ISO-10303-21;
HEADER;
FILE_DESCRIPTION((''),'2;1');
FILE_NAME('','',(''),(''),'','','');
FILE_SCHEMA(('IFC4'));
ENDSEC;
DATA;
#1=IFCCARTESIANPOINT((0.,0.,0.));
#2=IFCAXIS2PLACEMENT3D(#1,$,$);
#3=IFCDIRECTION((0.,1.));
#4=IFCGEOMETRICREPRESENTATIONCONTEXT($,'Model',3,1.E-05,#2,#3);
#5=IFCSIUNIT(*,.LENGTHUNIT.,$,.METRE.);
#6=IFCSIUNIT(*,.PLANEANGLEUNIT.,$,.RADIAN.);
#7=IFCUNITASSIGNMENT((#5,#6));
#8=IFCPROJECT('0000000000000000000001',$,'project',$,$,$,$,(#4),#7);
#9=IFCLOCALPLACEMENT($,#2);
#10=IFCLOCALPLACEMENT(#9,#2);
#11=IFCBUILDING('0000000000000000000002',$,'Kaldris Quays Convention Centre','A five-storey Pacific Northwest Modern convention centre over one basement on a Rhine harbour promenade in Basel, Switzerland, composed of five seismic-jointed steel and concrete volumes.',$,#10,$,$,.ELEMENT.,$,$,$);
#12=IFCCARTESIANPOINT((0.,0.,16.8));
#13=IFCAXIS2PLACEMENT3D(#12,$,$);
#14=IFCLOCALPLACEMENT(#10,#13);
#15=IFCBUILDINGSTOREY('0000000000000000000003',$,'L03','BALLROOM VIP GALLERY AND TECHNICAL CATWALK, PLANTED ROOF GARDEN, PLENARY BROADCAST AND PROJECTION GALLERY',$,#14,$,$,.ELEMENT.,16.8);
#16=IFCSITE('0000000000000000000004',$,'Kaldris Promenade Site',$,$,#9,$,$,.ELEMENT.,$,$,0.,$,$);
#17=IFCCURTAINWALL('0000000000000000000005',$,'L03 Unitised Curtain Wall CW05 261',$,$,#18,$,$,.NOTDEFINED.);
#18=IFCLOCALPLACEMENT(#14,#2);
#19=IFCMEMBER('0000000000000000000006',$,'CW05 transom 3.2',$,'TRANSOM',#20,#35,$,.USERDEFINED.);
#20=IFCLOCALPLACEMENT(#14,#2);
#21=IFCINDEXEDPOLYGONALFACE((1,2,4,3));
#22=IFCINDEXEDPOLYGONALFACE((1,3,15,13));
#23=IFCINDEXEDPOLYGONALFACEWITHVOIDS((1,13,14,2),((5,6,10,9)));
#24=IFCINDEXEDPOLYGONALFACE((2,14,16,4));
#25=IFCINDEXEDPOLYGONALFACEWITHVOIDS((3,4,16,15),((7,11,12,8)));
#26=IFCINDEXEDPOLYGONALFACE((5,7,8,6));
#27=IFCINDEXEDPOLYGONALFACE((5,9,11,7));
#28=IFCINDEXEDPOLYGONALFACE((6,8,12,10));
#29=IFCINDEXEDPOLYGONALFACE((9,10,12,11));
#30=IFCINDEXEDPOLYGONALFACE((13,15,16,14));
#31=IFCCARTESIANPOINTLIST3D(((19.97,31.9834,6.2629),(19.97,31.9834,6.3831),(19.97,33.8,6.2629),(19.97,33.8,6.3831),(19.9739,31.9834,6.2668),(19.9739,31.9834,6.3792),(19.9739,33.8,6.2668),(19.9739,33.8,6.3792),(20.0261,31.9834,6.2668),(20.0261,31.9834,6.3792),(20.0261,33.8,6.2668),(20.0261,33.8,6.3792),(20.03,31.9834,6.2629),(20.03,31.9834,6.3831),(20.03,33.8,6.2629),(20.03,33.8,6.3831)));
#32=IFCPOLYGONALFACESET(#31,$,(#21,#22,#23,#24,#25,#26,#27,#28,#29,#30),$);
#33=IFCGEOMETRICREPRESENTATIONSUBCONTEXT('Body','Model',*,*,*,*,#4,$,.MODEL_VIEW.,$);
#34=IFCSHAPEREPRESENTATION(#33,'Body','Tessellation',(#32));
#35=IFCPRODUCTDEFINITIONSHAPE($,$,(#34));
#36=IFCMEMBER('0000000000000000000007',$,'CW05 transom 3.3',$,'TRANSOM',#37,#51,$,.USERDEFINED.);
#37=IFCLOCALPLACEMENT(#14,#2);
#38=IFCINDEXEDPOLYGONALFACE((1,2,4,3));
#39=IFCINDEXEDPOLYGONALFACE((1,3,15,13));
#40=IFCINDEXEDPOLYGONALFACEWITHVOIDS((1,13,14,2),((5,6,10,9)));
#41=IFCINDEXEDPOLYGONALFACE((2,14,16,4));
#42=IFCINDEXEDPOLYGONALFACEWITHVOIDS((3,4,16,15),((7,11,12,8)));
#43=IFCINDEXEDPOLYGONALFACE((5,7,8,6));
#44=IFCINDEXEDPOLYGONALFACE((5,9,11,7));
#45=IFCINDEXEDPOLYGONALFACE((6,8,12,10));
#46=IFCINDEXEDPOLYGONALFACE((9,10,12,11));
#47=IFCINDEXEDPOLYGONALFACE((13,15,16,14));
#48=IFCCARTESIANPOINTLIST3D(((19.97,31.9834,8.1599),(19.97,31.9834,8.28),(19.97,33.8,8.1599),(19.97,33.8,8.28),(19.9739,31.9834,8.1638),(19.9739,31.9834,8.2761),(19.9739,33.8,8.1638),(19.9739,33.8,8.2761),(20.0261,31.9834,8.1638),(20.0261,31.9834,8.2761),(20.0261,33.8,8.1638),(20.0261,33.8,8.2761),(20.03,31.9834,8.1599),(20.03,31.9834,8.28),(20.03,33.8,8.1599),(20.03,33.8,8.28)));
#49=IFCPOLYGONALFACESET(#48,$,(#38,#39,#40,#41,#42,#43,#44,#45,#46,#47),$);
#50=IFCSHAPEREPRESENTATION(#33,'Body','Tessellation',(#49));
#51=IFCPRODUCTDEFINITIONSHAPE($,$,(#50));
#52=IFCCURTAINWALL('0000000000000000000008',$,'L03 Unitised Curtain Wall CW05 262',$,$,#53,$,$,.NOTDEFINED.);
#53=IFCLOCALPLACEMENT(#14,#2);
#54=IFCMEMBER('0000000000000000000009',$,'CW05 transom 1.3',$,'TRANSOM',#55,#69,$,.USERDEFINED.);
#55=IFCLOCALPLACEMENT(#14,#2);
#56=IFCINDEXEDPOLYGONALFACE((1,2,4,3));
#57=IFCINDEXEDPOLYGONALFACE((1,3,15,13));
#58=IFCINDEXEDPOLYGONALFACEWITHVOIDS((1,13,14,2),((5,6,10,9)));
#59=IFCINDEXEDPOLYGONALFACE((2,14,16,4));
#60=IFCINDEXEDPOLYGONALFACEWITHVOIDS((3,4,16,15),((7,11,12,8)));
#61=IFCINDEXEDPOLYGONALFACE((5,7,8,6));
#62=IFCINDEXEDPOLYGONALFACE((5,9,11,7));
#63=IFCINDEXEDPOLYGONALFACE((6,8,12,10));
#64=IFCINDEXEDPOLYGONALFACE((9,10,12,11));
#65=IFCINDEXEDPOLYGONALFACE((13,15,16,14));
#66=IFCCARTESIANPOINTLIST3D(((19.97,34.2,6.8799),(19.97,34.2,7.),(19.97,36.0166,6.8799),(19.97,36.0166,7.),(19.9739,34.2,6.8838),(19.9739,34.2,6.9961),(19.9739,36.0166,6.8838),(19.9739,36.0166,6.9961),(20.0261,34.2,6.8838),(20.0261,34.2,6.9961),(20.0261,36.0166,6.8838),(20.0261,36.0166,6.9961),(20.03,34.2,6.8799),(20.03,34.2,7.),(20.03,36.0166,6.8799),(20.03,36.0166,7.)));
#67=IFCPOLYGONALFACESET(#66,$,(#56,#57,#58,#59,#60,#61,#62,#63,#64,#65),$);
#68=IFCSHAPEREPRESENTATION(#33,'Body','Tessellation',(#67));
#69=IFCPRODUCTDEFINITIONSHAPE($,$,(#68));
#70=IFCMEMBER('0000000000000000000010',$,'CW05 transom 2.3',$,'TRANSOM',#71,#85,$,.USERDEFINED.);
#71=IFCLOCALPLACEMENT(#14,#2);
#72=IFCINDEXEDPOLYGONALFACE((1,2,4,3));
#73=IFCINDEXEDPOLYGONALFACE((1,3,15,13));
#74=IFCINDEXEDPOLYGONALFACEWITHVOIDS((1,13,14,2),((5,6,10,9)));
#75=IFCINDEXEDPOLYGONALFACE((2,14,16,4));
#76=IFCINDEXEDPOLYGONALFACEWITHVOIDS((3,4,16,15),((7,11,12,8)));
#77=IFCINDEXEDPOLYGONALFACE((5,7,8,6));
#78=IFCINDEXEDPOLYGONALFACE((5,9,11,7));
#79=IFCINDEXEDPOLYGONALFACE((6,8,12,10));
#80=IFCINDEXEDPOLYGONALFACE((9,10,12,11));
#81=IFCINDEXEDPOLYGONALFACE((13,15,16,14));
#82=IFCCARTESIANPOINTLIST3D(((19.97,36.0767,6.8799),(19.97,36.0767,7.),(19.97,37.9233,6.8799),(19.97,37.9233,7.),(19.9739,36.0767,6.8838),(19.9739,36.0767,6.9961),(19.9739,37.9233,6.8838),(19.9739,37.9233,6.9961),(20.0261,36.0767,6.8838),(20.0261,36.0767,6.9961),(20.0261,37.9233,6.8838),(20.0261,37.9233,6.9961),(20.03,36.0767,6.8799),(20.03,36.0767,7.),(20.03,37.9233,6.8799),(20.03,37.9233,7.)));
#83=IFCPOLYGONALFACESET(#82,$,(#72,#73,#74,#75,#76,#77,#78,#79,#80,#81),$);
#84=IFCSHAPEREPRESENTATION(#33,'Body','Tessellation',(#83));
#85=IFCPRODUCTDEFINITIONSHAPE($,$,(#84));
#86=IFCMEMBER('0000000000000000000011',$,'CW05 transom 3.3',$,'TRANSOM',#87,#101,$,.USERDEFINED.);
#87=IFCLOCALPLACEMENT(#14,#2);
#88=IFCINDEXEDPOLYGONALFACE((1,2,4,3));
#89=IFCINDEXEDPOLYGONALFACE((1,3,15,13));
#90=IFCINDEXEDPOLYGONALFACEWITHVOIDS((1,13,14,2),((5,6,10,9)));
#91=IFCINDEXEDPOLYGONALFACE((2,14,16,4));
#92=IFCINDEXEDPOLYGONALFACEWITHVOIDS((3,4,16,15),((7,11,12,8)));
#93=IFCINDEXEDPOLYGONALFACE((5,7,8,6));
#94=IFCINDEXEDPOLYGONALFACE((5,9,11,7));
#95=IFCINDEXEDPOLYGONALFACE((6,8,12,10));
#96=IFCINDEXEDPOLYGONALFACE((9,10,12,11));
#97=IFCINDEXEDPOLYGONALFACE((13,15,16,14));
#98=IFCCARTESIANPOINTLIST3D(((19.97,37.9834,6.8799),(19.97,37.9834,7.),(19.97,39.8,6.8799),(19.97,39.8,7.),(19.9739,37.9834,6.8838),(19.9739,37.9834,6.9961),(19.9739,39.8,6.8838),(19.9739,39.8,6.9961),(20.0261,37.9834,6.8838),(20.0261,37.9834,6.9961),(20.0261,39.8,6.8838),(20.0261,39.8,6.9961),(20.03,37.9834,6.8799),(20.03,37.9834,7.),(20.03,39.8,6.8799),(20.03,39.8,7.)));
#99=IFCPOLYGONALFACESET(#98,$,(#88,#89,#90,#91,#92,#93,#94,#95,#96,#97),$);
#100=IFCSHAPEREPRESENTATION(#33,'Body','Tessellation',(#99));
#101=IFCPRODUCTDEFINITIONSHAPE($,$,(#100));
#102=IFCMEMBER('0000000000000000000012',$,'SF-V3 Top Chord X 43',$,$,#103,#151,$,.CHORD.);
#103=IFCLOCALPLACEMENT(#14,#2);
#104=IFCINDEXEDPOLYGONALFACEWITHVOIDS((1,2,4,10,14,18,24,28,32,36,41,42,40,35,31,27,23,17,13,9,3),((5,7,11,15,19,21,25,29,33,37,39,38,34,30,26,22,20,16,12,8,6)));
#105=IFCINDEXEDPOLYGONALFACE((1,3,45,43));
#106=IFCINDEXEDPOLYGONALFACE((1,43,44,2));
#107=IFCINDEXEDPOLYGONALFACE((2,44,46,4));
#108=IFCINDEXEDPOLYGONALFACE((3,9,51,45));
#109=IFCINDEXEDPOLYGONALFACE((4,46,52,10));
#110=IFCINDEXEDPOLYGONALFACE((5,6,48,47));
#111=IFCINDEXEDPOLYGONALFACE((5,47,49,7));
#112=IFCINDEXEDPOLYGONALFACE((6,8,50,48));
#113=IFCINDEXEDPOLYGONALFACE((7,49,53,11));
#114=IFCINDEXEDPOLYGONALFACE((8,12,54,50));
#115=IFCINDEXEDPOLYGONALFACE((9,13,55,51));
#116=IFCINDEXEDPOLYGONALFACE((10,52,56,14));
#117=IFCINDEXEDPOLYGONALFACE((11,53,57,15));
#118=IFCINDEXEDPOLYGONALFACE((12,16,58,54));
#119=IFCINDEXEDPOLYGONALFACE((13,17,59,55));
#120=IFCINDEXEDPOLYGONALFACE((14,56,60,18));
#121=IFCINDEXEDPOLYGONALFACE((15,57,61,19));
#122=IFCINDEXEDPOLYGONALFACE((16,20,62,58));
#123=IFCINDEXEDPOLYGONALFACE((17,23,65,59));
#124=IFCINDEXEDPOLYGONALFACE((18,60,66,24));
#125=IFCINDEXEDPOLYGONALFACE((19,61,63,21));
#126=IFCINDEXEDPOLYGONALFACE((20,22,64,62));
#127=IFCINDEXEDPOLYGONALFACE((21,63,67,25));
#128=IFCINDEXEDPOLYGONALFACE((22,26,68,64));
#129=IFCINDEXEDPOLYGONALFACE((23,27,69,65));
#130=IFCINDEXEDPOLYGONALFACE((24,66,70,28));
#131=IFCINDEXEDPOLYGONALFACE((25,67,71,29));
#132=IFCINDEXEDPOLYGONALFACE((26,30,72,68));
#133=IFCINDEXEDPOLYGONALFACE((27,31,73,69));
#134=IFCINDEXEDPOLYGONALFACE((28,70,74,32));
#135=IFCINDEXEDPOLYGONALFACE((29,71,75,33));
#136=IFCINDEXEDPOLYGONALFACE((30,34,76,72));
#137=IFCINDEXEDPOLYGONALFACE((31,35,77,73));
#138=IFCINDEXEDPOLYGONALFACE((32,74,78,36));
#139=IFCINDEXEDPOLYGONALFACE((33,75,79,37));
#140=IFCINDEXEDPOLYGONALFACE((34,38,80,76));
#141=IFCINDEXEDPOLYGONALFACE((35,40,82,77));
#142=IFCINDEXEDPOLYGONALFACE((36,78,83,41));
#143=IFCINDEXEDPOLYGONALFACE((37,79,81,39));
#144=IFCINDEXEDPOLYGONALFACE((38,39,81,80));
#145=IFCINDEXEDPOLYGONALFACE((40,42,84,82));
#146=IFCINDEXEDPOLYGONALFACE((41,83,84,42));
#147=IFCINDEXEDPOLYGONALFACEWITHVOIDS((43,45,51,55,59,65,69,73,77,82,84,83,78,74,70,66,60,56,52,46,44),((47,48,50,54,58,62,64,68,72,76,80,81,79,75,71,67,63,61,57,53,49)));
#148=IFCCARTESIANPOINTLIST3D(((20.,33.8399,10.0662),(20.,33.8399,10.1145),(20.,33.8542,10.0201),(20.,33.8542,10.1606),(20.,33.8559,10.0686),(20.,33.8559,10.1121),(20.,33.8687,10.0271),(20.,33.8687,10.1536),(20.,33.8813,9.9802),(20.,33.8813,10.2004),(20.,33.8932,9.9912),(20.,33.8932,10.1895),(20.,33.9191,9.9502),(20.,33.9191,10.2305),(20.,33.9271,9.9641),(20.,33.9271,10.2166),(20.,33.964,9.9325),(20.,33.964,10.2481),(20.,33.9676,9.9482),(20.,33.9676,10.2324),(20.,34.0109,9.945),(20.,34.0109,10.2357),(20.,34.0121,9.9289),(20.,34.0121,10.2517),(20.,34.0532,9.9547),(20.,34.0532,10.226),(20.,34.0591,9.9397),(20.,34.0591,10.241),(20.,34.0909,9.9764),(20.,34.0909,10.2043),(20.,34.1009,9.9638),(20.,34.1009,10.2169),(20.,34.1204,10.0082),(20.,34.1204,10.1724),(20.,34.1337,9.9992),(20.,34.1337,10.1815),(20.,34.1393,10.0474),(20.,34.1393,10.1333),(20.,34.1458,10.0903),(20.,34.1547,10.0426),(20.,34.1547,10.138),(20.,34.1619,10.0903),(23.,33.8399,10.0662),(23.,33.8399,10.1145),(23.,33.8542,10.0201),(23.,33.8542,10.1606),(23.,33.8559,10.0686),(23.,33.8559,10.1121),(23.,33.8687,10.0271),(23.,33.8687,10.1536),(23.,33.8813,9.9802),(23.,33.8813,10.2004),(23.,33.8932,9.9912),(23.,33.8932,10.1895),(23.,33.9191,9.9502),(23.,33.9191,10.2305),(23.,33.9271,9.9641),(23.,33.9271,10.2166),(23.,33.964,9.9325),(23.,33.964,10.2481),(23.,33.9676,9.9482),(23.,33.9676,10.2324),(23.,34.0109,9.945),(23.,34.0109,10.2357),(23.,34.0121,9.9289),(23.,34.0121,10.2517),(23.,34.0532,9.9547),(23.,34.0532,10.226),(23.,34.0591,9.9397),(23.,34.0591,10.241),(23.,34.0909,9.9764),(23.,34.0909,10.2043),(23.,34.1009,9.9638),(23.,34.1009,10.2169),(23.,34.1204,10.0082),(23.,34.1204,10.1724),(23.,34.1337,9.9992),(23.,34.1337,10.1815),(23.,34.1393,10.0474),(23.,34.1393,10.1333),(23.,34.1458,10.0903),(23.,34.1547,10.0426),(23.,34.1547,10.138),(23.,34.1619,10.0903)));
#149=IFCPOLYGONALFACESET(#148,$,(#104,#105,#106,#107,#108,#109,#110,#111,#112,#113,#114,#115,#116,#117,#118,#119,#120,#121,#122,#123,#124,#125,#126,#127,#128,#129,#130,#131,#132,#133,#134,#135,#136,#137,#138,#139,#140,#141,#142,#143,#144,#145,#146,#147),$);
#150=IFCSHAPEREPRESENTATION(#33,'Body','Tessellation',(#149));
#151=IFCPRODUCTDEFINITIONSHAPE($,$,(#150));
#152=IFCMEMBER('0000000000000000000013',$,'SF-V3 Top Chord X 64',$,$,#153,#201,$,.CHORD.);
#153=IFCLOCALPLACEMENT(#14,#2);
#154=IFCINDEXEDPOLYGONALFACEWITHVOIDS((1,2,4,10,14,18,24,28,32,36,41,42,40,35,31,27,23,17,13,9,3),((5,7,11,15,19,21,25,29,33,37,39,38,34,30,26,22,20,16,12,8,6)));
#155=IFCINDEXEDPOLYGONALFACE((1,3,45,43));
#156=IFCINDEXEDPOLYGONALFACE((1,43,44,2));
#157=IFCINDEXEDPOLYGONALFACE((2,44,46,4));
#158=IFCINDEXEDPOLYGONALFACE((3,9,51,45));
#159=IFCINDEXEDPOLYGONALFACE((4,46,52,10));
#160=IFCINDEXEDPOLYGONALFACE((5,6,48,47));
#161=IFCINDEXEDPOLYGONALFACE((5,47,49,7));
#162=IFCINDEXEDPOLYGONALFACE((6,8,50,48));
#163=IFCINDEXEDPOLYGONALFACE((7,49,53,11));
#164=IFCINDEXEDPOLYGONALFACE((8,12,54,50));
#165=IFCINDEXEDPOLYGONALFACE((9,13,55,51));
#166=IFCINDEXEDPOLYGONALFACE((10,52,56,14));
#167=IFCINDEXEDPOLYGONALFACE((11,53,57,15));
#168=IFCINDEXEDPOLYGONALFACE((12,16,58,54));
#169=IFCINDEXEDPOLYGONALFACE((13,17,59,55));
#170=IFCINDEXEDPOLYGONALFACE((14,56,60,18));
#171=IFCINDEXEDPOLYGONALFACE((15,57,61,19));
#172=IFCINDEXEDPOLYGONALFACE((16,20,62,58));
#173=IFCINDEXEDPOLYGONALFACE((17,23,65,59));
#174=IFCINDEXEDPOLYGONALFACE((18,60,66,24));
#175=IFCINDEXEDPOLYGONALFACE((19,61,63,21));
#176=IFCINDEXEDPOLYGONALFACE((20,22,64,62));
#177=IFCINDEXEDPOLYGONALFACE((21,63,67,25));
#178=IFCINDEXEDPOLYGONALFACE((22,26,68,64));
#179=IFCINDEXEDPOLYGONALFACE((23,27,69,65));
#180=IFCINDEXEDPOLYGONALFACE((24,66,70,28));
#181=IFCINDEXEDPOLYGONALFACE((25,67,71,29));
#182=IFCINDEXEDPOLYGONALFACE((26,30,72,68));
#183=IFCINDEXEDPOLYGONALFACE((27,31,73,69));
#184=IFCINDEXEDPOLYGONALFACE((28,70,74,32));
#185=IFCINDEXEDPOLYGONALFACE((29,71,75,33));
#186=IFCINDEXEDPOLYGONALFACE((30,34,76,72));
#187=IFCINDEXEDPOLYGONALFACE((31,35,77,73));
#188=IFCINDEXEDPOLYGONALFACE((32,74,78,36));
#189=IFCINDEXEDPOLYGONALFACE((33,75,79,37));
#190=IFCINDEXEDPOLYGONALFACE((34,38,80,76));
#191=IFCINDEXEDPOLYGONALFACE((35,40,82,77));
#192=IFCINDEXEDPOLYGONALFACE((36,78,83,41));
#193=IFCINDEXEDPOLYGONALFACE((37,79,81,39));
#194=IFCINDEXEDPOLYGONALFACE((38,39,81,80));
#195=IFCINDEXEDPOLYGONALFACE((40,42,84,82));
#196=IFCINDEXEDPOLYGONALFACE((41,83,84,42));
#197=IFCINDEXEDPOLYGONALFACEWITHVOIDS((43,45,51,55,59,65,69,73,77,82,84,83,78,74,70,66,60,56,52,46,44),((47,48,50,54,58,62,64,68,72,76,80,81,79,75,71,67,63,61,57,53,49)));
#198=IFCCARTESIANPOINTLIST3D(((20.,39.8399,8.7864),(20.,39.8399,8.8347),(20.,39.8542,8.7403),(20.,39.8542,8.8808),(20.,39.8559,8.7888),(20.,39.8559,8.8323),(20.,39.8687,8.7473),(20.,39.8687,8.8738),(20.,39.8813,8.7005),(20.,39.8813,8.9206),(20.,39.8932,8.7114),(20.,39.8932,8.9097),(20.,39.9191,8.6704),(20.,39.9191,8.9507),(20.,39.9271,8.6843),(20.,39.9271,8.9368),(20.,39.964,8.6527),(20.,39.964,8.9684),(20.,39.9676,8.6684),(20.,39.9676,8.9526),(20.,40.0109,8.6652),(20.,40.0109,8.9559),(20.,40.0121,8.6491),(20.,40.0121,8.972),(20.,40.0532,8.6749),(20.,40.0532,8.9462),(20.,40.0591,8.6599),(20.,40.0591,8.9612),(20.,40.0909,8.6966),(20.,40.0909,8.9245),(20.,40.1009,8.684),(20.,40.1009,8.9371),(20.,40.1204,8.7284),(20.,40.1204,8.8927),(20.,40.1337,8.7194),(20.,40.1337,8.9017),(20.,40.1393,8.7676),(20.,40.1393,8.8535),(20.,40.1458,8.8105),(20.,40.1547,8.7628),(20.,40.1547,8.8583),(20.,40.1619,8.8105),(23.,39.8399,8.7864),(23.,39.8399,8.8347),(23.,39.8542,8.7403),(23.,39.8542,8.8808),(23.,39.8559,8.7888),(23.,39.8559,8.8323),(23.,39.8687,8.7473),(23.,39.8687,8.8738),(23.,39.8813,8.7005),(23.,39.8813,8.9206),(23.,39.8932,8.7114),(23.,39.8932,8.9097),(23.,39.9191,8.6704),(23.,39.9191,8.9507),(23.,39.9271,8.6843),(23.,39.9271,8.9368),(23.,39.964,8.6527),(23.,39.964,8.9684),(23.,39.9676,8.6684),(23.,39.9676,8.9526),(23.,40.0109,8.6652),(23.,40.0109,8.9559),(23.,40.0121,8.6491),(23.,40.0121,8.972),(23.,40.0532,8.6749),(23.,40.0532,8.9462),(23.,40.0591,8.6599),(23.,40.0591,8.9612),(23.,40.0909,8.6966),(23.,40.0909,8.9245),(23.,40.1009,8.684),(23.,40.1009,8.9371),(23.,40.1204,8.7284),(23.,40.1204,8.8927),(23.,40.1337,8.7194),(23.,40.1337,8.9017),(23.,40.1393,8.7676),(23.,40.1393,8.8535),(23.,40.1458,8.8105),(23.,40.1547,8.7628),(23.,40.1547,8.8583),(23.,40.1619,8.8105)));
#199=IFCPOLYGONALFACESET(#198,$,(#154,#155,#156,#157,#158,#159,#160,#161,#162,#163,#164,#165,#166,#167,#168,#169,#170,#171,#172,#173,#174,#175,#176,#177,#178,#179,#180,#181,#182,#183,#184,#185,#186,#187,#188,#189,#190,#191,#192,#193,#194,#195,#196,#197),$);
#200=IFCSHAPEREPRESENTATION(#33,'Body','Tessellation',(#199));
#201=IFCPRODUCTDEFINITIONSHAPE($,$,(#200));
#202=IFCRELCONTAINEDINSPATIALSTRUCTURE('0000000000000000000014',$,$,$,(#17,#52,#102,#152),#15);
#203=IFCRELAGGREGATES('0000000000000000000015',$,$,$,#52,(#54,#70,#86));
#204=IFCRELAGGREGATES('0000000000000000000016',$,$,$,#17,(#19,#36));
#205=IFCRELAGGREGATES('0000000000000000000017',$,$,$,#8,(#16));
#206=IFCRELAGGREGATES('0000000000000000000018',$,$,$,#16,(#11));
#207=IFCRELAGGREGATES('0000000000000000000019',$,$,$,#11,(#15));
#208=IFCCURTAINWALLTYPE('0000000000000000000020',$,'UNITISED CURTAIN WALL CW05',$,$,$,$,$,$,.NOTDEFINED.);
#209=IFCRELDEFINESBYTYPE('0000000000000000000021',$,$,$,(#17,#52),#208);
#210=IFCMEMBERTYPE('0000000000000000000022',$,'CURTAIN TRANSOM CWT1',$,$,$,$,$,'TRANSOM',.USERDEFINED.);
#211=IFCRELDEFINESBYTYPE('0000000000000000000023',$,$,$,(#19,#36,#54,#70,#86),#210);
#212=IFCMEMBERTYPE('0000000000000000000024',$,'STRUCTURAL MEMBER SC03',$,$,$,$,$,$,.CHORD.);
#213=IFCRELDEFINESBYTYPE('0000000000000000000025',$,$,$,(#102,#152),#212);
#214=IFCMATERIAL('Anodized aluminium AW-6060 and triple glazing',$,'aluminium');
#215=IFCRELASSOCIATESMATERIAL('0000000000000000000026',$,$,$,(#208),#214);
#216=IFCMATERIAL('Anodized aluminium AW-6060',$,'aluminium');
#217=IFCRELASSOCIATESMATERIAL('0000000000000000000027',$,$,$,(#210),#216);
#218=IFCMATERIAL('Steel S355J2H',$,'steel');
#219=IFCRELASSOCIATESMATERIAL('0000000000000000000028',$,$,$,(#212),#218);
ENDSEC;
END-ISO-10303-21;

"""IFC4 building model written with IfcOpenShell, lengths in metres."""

from ifc_helpers import new_model, si_unit, direction, frame, origin, origin_2d, place, context, subcontext, project, spatial, hollow_rectangle, hollow_circle, extrude, material, material_profile, profile_set, type_object, element, aggregate, save


model = new_model("IFC4")

# Units and contexts
model_context = context("Model", 3, precision=1e-05, world=origin(), true_north=direction((0.0, 1.0)))
body_context = subcontext(model_context, "Body", "Model", "MODEL_VIEW")
ifc_project = project(units=[si_unit("LENGTHUNIT", "METRE"), si_unit("PLANEANGLEUNIT", "RADIAN")], contexts=[model_context])

# Site, building, storey
site_placement = place(None, origin())
site = spatial("IfcSite", under=ifc_project, at=site_placement, Name="Kaldris Promenade Site", CompositionType="ELEMENT", RefElevation=0.0)
building_placement = place(site_placement, origin())
building = spatial("IfcBuilding", under=site, at=building_placement, Name="Kaldris Quays Convention Centre", Description="A five-storey Pacific Northwest Modern convention centre over one basement on a Rhine harbour promenade in Basel, Switzerland, composed of five seismic-jointed steel and concrete volumes.", CompositionType="ELEMENT")
storey_placement = place(building_placement, frame((0.0, 0.0, 16.8)))
storey = spatial("IfcBuildingStorey", under=building, at=storey_placement, Name="L03", Description="BALLROOM VIP GALLERY AND TECHNICAL CATWALK, PLANTED ROOF GARDEN, PLENARY BROADCAST AND PROJECTION GALLERY", CompositionType="ELEMENT", Elevation=16.8)

# Curtain walls, members
ifc_material_1 = material(Name="Anodized aluminium AW-6060 and triple glazing", Category="aluminium")
curtain_wall_type = type_object("IfcCurtainWallType", Name="UNITISED CURTAIN WALL CW05", PredefinedType="NOTDEFINED", material=ifc_material_1)
curtain_wall_1_placement = place(storey_placement, origin())
curtain_wall_1 = element("IfcCurtainWall", 1, at=curtain_wall_1_placement, inside=storey, type_object=curtain_wall_type, Name="L03 Unitised Curtain Wall CW05 261", PredefinedType="NOTDEFINED")
ifc_material_2 = material(Name="Anodized aluminium AW-6060", Category="aluminium")
ifc_material_profile_1 = material_profile(ifc_material_2, hollow_rectangle(XDim=0.0601, YDim=0.1201, WallThickness=0.0039, at=origin_2d()), Name="RHS 120x60x4")
ifc_profile_set_1 = profile_set([ifc_material_profile_1], Name="Anodized aluminium AW-6060")
member_type_1 = type_object("IfcMemberType", Name="CURTAIN TRANSOM CWT1", ElementType="TRANSOM", PredefinedType="USERDEFINED", material=ifc_profile_set_1)
member_1_placement = place(storey_placement, frame((20.0, 31.9834, 6.323), z_axis=(0.0, 1.0, 0.0), x_axis=(-1.0, 0.0, 0.0)))
member_1 = element("IfcMember", 2, at=member_1_placement, type_object=member_type_1, Name="CW05 transom 3.2", ObjectType="TRANSOM", PredefinedType="USERDEFINED", context=body_context, shape_type="SweptSolid", body=[
    extrude(hollow_rectangle(XDim=0.0601, YDim=0.1201, WallThickness=0.0039, at=origin_2d()), origin(), (0.0, 0.0, 1.0), 1.8167),
])
member_2_placement = place(storey_placement, frame((20.0, 31.9834, 8.22), z_axis=(0.0, 1.0, 0.0), x_axis=(-1.0, 0.0, 0.0)))
member_2 = element("IfcMember", 3, at=member_2_placement, type_object=member_type_1, Name="CW05 transom 3.3", ObjectType="TRANSOM", PredefinedType="USERDEFINED", context=body_context, shape_type="SweptSolid", body=[
    extrude(hollow_rectangle(XDim=0.0601, YDim=0.1201, WallThickness=0.0039, at=origin_2d()), origin(), (0.0, 0.0, 1.0), 1.8167),
])
curtain_wall_2_placement = place(storey_placement, origin())
curtain_wall_2 = element("IfcCurtainWall", 4, at=curtain_wall_2_placement, inside=storey, type_object=curtain_wall_type, Name="L03 Unitised Curtain Wall CW05 262", PredefinedType="NOTDEFINED")
member_3_placement = place(storey_placement, frame((20.0, 34.2, 6.9399), z_axis=(0.0, 1.0, 0.0), x_axis=(-1.0, 0.0, 0.0)))
member_3 = element("IfcMember", 5, at=member_3_placement, type_object=member_type_1, Name="CW05 transom 1.3", ObjectType="TRANSOM", PredefinedType="USERDEFINED", context=body_context, shape_type="SweptSolid", body=[
    extrude(hollow_rectangle(XDim=0.0601, YDim=0.1201, WallThickness=0.0039, at=origin_2d()), origin(), (0.0, 0.0, 1.0), 1.8167),
])
member_4_placement = place(storey_placement, frame((20.0, 36.0767, 6.9399), z_axis=(0.0, 1.0, 0.0), x_axis=(-1.0, 0.0, 0.0)))
member_4 = element("IfcMember", 6, at=member_4_placement, type_object=member_type_1, Name="CW05 transom 2.3", ObjectType="TRANSOM", PredefinedType="USERDEFINED", context=body_context, shape_type="SweptSolid", body=[
    extrude(hollow_rectangle(XDim=0.0601, YDim=0.1201, WallThickness=0.0039, at=origin_2d()), origin(), (0.0, 0.0, 1.0), 1.8467),
])
member_5_placement = place(storey_placement, frame((20.0, 37.9834, 6.9399), z_axis=(0.0, 1.0, 0.0), x_axis=(-1.0, 0.0, 0.0)))
member_5 = element("IfcMember", 7, at=member_5_placement, type_object=member_type_1, Name="CW05 transom 3.3", ObjectType="TRANSOM", PredefinedType="USERDEFINED", context=body_context, shape_type="SweptSolid", body=[
    extrude(hollow_rectangle(XDim=0.0601, YDim=0.1201, WallThickness=0.0039, at=origin_2d()), origin(), (0.0, 0.0, 1.0), 1.8167),
])
aggregate(curtain_wall_2, [member_3, member_4, member_5])

# Members
ifc_material_3 = material(Name="Steel S355J2H", Category="steel")
ifc_material_profile_2 = material_profile(ifc_material_3, hollow_circle(Radius=0.1619, WallThickness=0.0161, at=origin_2d()), Name="CHS 323.9x16")
ifc_profile_set_2 = profile_set([ifc_material_profile_2], Name="Steel S355J2H")
member_type_2 = type_object("IfcMemberType", Name="STRUCTURAL MEMBER SC03", PredefinedType="CHORD", material=ifc_profile_set_2)
for number, where, z_axis, x_axis, name in (
    (8, (20.0, 34.0, 10.0903), (1.0, 0.0, 0.0), (0.0, 1.0, 0.0), "SF-V3 Top Chord X 43"),
    (9, (20.0, 40.0, 8.8105), (1.0, 0.0, 0.0), (0.0, 1.0, 0.0), "SF-V3 Top Chord X 64"),
):
    element("IfcMember", number, at=place(storey_placement, frame(where, z_axis=z_axis, x_axis=x_axis)), inside=storey, type_object=member_type_2, Name=name, PredefinedType="CHORD", context=body_context, shape_type="SweptSolid", body=[
        extrude(hollow_circle(Radius=0.1619, WallThickness=0.0161, at=origin_2d()), origin(), (0.0, 0.0, 1.0), 3.0),
    ])

aggregate(curtain_wall_1, [member_1, member_2])

save(model, "model.ifc")
